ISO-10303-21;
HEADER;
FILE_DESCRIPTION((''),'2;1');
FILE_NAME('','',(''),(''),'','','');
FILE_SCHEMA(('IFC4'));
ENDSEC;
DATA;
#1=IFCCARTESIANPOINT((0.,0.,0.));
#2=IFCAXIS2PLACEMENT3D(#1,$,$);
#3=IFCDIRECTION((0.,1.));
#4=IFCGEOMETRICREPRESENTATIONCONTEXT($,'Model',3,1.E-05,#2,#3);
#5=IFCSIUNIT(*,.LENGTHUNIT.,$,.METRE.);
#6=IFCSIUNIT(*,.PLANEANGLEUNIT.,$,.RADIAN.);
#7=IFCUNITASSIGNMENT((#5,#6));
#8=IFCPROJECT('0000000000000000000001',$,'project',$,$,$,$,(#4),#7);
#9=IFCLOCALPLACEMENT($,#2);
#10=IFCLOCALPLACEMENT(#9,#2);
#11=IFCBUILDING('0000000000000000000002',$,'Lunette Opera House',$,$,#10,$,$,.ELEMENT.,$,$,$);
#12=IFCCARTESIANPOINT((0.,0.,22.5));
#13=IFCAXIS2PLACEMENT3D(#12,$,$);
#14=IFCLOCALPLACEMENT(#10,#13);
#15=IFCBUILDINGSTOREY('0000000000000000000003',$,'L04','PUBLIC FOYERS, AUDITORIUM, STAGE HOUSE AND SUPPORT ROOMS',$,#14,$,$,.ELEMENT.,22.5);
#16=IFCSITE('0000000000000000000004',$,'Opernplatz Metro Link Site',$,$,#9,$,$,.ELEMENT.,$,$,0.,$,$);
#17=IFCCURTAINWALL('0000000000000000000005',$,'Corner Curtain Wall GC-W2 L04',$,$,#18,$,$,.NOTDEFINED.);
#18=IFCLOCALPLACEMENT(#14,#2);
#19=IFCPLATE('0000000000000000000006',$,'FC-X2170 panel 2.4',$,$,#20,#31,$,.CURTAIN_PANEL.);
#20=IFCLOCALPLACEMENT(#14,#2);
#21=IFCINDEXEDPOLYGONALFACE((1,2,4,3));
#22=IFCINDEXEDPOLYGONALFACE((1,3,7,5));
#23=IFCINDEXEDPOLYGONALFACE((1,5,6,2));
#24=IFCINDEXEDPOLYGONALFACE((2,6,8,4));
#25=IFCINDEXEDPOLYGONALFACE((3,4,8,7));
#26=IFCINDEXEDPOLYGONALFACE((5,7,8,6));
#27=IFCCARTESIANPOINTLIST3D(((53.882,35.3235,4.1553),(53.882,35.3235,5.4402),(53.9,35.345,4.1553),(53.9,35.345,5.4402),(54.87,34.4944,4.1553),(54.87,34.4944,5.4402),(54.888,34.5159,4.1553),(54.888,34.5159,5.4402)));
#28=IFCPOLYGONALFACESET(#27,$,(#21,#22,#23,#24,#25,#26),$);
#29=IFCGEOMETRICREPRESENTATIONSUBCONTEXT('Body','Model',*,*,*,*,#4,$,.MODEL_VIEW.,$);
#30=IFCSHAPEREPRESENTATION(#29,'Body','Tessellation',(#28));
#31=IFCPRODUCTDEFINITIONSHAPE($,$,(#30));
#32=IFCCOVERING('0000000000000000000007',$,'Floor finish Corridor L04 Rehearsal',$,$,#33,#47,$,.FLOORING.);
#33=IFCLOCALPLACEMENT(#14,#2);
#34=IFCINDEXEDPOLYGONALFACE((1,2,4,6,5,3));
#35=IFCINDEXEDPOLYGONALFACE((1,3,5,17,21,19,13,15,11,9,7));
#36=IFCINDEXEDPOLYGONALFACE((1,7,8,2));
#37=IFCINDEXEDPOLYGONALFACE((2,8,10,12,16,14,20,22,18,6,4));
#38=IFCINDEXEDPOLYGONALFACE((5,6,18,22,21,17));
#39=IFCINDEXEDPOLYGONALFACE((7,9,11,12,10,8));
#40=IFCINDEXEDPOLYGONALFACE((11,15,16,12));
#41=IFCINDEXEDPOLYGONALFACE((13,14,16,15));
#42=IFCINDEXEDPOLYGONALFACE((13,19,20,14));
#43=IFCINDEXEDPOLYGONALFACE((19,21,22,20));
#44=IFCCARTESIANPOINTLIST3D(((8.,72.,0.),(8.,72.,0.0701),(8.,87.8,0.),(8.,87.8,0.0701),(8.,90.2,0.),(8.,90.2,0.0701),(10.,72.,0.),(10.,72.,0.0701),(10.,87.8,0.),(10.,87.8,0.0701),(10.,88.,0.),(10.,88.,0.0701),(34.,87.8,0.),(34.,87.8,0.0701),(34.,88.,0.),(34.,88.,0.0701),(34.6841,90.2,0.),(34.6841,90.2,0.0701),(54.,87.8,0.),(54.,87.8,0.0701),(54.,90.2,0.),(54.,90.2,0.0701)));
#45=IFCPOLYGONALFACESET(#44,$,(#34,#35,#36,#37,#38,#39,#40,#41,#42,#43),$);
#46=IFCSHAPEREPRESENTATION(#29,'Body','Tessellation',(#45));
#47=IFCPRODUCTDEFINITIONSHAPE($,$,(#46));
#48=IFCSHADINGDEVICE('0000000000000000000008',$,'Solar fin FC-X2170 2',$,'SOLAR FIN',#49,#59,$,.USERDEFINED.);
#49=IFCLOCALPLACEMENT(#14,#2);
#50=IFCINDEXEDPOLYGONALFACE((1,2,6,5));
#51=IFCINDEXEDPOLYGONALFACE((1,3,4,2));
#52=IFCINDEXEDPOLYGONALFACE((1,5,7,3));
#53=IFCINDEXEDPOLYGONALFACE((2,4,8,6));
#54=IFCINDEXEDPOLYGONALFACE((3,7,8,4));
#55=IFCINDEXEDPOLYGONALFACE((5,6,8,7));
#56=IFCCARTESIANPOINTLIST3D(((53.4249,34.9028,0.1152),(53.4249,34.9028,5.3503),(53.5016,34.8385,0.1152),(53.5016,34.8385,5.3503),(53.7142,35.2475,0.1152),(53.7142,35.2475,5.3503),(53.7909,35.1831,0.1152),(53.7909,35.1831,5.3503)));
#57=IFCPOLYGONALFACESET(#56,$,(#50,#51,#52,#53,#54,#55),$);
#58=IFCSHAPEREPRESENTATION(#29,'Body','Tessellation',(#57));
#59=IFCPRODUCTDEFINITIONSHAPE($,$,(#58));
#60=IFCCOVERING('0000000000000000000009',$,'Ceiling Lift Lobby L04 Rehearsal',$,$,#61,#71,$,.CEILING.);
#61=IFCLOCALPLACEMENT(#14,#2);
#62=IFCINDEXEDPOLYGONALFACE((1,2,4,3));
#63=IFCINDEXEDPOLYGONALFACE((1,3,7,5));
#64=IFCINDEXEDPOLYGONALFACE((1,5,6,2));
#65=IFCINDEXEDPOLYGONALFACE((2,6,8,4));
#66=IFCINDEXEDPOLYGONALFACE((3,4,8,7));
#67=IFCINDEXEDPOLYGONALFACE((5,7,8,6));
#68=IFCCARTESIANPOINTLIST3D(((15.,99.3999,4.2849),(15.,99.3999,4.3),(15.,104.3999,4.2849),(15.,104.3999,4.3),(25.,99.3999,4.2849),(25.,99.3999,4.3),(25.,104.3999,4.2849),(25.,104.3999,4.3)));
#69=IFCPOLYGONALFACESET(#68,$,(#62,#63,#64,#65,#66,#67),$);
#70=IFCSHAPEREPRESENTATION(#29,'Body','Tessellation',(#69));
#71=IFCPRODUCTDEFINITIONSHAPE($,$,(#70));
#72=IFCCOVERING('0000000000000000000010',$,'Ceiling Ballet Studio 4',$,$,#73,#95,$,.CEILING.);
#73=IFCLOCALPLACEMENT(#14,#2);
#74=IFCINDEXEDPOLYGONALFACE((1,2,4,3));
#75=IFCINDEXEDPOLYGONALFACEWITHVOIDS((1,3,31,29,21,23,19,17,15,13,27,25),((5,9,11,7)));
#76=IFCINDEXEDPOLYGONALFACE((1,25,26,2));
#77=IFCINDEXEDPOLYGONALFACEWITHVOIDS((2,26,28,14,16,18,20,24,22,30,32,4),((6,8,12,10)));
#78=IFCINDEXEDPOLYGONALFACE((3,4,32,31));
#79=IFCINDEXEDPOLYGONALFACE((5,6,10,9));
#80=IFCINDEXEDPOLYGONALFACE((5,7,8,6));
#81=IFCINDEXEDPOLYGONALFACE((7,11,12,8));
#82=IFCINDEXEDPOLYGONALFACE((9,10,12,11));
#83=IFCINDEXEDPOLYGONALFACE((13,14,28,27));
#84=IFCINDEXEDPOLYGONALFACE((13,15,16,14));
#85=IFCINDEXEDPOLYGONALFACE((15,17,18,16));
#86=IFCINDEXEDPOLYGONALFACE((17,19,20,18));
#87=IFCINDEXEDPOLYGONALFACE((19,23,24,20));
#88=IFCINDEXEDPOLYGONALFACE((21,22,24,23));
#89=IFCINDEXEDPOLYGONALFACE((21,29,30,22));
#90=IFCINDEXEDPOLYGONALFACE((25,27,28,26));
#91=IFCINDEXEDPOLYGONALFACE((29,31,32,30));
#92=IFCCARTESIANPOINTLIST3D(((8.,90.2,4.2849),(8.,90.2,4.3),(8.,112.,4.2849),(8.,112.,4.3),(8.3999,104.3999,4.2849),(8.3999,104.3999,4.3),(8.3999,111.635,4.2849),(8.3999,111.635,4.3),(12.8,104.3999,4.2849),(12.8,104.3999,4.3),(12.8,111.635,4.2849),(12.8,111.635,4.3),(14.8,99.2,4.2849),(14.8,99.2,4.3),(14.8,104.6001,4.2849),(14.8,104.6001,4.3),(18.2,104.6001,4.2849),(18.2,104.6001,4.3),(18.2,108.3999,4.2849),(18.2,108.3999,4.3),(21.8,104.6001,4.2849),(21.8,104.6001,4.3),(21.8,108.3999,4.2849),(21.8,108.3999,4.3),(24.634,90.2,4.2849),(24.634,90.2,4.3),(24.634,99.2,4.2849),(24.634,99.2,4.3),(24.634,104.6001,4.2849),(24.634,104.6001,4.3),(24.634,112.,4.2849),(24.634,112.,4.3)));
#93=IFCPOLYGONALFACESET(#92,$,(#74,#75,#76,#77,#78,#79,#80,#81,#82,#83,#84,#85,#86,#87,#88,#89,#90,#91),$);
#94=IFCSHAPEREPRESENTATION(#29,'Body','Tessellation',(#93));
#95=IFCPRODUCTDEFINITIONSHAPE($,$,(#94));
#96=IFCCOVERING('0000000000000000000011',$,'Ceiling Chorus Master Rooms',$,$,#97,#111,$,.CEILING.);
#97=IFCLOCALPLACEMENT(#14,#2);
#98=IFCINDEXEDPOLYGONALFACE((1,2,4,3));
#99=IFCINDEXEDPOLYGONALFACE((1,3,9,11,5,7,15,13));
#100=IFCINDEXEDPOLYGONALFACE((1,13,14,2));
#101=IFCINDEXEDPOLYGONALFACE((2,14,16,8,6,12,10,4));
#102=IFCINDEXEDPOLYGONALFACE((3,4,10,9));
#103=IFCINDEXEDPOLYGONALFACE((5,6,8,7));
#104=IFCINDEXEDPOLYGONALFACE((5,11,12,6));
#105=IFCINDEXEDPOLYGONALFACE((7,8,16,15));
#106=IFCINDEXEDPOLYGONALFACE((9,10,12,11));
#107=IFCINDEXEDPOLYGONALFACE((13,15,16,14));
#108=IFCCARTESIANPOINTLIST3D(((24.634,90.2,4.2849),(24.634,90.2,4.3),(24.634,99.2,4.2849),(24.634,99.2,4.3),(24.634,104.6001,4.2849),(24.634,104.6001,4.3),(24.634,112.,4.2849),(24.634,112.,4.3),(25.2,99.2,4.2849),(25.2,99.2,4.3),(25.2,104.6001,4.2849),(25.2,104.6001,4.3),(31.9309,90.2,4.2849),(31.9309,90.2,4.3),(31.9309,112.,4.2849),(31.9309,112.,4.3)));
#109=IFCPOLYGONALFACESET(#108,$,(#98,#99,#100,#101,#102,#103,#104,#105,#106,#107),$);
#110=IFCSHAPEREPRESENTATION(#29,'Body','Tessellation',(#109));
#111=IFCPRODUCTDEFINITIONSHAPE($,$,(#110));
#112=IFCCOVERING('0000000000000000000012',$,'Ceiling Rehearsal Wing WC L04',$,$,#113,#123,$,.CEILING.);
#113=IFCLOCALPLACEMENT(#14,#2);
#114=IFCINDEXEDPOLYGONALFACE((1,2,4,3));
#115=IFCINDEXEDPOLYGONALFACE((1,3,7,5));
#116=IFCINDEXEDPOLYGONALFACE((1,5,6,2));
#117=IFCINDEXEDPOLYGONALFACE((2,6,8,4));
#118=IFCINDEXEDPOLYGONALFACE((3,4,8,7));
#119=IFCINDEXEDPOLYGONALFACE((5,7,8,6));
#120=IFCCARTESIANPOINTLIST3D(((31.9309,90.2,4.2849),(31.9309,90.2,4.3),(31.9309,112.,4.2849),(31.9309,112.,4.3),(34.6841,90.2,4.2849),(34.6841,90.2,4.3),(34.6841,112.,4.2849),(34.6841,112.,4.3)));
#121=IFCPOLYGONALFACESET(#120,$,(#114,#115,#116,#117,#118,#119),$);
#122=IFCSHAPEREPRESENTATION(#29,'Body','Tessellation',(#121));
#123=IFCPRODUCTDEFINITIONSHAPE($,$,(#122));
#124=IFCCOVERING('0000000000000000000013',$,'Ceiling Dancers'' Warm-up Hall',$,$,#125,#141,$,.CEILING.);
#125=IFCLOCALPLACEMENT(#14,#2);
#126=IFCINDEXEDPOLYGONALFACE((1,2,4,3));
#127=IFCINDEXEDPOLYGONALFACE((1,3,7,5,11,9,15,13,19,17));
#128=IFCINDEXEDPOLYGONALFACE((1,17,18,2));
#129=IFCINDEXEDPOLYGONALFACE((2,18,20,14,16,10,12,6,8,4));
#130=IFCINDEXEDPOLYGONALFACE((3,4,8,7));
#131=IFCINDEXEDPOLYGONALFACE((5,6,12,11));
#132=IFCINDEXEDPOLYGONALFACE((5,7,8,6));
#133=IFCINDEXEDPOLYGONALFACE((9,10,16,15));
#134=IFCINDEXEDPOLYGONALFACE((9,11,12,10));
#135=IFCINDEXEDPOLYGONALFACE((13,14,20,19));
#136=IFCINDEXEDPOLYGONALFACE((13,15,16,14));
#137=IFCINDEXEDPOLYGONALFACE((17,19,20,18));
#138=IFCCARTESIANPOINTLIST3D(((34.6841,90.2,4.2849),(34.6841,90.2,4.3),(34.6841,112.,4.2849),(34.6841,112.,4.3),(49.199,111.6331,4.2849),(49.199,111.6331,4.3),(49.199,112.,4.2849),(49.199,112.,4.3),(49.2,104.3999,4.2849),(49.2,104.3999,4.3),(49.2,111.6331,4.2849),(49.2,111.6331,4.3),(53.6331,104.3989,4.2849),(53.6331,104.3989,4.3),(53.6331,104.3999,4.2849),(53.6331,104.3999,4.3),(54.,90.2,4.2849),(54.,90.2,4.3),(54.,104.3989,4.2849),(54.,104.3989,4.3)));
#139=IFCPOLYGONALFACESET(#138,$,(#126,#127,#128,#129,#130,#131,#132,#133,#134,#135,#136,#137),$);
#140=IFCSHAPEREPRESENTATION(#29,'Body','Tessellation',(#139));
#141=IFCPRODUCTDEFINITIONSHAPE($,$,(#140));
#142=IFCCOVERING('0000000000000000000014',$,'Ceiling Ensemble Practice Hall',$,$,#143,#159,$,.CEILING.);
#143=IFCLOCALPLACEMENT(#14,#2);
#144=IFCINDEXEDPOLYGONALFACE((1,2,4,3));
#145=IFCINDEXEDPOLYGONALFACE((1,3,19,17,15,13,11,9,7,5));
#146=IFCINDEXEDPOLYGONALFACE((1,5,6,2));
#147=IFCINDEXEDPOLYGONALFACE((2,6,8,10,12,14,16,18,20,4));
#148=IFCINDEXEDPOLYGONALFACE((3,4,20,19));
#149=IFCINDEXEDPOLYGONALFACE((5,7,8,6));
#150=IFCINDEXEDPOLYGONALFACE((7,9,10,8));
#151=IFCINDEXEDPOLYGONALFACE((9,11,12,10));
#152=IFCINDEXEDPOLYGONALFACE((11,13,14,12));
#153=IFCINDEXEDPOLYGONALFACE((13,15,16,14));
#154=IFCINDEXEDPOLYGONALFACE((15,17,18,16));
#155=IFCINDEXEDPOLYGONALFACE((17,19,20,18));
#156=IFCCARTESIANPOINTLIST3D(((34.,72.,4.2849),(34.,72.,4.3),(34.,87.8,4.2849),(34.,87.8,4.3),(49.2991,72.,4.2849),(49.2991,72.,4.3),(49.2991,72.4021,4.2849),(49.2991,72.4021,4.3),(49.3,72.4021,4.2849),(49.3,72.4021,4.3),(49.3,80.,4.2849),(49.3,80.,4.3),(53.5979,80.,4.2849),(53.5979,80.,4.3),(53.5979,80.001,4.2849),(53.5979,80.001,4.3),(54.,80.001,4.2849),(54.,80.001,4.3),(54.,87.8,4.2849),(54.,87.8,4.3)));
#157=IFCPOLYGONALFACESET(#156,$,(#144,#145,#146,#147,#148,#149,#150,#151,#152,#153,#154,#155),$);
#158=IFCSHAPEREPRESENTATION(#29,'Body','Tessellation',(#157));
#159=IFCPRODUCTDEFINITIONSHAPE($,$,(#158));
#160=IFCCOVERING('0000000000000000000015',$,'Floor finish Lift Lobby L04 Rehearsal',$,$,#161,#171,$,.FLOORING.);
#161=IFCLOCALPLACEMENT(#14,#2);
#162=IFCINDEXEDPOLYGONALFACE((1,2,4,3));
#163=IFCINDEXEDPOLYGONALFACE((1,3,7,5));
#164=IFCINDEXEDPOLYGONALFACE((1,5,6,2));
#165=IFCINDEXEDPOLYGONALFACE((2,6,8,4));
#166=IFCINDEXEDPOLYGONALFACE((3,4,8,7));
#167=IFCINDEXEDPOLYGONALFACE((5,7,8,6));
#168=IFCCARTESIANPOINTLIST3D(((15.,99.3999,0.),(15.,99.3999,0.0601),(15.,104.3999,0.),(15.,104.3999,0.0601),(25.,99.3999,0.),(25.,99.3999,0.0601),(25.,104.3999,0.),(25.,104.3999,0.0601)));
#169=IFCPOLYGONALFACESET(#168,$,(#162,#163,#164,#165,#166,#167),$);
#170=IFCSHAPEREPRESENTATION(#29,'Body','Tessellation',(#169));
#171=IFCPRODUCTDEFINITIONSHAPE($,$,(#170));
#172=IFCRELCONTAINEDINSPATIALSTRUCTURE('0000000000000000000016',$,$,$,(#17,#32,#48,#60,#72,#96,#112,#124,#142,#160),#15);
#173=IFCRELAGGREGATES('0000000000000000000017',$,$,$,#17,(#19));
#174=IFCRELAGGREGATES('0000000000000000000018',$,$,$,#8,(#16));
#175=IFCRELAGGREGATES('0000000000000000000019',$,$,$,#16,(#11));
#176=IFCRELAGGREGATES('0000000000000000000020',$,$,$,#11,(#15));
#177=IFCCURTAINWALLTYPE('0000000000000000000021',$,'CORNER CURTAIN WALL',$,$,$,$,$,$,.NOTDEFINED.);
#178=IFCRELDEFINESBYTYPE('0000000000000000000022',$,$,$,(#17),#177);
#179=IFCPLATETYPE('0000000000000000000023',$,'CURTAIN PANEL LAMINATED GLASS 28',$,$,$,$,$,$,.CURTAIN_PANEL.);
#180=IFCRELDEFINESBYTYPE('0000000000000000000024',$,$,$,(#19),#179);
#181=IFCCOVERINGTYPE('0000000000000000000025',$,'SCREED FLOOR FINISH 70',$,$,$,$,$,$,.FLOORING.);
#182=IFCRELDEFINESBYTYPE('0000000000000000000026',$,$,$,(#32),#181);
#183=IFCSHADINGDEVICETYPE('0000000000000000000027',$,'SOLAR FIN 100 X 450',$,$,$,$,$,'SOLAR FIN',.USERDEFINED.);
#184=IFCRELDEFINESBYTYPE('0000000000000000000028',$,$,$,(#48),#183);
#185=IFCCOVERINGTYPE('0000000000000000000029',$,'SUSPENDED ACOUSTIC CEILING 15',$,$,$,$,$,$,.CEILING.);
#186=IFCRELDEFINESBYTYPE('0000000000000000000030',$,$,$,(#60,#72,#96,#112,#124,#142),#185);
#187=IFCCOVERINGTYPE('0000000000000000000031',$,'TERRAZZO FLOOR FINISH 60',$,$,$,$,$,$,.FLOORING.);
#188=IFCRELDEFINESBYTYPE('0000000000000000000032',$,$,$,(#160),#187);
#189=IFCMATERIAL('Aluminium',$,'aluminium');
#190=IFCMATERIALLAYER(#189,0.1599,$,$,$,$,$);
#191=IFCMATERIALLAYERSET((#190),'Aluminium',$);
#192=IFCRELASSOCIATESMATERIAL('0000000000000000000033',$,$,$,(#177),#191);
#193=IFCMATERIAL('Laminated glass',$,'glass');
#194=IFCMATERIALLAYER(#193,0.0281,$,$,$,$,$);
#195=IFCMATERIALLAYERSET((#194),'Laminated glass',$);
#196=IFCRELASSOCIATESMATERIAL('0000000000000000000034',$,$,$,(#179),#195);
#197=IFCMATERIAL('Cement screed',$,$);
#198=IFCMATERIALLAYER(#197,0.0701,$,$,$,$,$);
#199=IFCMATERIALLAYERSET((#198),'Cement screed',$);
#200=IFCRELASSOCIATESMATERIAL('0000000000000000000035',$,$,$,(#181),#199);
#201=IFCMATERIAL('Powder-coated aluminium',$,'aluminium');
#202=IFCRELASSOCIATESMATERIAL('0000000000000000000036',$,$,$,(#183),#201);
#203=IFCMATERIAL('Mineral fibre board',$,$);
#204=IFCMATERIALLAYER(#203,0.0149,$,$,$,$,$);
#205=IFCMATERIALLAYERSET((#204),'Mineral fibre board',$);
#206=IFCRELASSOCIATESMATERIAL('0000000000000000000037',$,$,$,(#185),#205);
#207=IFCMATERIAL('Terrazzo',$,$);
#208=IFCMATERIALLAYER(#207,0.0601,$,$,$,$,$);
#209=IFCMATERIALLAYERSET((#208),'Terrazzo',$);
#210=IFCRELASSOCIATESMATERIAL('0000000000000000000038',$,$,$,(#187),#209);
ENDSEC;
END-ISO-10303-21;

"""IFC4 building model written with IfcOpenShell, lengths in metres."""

from ifc_helpers import new_model, si_unit, direction, frame, origin, origin_2d, place, context, subcontext, project, spatial, polyline, rectangle, outline, extrude, material, layer, layer_set, type_object, element, aggregate, save


model = new_model("IFC4")

# Units and contexts
model_context = context("Model", 3, precision=1e-05, world=origin(), true_north=direction((0.0, 1.0)))
body_context = subcontext(model_context, "Body", "Model", "MODEL_VIEW")
ifc_project = project(units=[si_unit("LENGTHUNIT", "METRE"), si_unit("PLANEANGLEUNIT", "RADIAN")], contexts=[model_context])

# Site, building, storey
site_placement = place(None, origin())
site = spatial("IfcSite", under=ifc_project, at=site_placement, Name="Opernplatz Metro Link Site", CompositionType="ELEMENT", RefElevation=0.0)
building_placement = place(site_placement, origin())
building = spatial("IfcBuilding", under=site, at=building_placement, Name="Lunette Opera House", CompositionType="ELEMENT")
storey_placement = place(building_placement, frame((0.0, 0.0, 22.5)))
storey = spatial("IfcBuildingStorey", under=building, at=storey_placement, Name="L04", Description="PUBLIC FOYERS, AUDITORIUM, STAGE HOUSE AND SUPPORT ROOMS", CompositionType="ELEMENT", Elevation=22.5)

# Curtain wall, plate
ifc_material_1 = material(Name="Aluminium", Category="aluminium")
ifc_layer_1 = layer(ifc_material_1, 0.1599)
ifc_layer_set_1 = layer_set([ifc_layer_1], Name="Aluminium")
curtain_wall_type = type_object("IfcCurtainWallType", Name="CORNER CURTAIN WALL", PredefinedType="NOTDEFINED", material=ifc_layer_set_1)
curtain_wall_placement = place(storey_placement, origin())
curtain_wall = element("IfcCurtainWall", 1, at=curtain_wall_placement, inside=storey, type_object=curtain_wall_type, Name="Corner Curtain Wall GC-W2 L04", PredefinedType="NOTDEFINED")
ifc_material_2 = material(Name="Laminated glass", Category="glass")
ifc_layer_2 = layer(ifc_material_2, 0.0281)
ifc_layer_set_2 = layer_set([ifc_layer_2], Name="Laminated glass")
plate_type = type_object("IfcPlateType", Name="CURTAIN PANEL LAMINATED GLASS 28", PredefinedType="CURTAIN_PANEL", material=ifc_layer_set_2)
plate_1_placement = place(storey_placement, frame((54.385, 34.9197, 4.1553), z_axis=(0.0, 0.0, 1.0), x_axis=(-0.766, 0.64284, 0.0)))
plate_1 = element("IfcPlate", 2, at=plate_1_placement, type_object=plate_type, Name="FC-X2170 panel 2.4", PredefinedType="CURTAIN_PANEL", context=body_context, shape_type="SweptSolid", body=[
    extrude(rectangle(XDim=1.2898, YDim=0.0281, at=origin_2d()), origin(), (0.0, 0.0, 1.0), 1.2849),
])
aggregate(curtain_wall, [plate_1])

# Covering
ifc_material_3 = material(Name="Cement screed")
ifc_layer_3 = layer(ifc_material_3, 0.0701)
ifc_layer_set_3 = layer_set([ifc_layer_3], Name="Cement screed")
covering_type_1 = type_object("IfcCoveringType", Name="SCREED FLOOR FINISH 70", PredefinedType="FLOORING", material=ifc_layer_set_3)
covering_1_placement = place(storey_placement, origin())
element("IfcCovering", 3, at=covering_1_placement, inside=storey, type_object=covering_type_1, Name="Floor finish Corridor L04 Rehearsal", PredefinedType="FLOORING", context=body_context, shape_type="SweptSolid", body=[
    extrude(outline(polyline([(34.0, 88.0), (10.0, 88.0), (10.0, 87.8), (10.0, 72.0), (8.0, 72.0), (8.0, 87.8), (8.0, 90.2), (34.6841, 90.2), (54.0, 90.2), (54.0, 87.8), (34.0, 87.8), (34.0, 88.0)])), origin(), (0.0, 0.0, 1.0), 0.0701),
])

# Shading device
ifc_material_4 = material(Name="Powder-coated aluminium", Category="aluminium")
shading_device_type = type_object("IfcShadingDeviceType", Name="SOLAR FIN 100 X 450", ElementType="SOLAR FIN", PredefinedType="USERDEFINED", material=ifc_material_4)
shading_device_placement = place(storey_placement, frame((53.6079, 35.043, 0.1152), z_axis=(0.0, 0.0, 1.0), x_axis=(-0.64284, -0.766001, 0.0)))
element("IfcShadingDevice", 4, at=shading_device_placement, inside=storey, type_object=shading_device_type, Name="Solar fin FC-X2170 2", ObjectType="SOLAR FIN", PredefinedType="USERDEFINED", context=body_context, shape_type="SweptSolid", body=[
    extrude(rectangle(XDim=0.45, YDim=0.1001, at=origin_2d()), origin(), (0.0, 0.0, 1.0), 5.2351),
])

# Coverings
ifc_material_5 = material(Name="Mineral fibre board")
ifc_layer_4 = layer(ifc_material_5, 0.0149)
ifc_layer_set_4 = layer_set([ifc_layer_4], Name="Mineral fibre board")
covering_type_2 = type_object("IfcCoveringType", Name="SUSPENDED ACOUSTIC CEILING 15", PredefinedType="CEILING", material=ifc_layer_set_4)
covering_2_placement = place(storey_placement, frame((0.0, 0.0, 4.2849)))
element("IfcCovering", 5, at=covering_2_placement, inside=storey, type_object=covering_type_2, Name="Ceiling Lift Lobby L04 Rehearsal", PredefinedType="CEILING", context=body_context, shape_type="SweptSolid", body=[
    extrude(outline(polyline([(25.0, 99.3999), (25.0, 104.3999), (15.0, 104.3999), (15.0, 99.3999), (25.0, 99.3999)])), origin(), (0.0, 0.0, 1.0), 0.0151),
])
covering_3_placement = place(storey_placement, frame((0.0, 0.0, 4.2849)))
element("IfcCovering", 6, at=covering_3_placement, inside=storey, type_object=covering_type_2, Name="Ceiling Ballet Studio 4", PredefinedType="CEILING", context=body_context, shape_type="SweptSolid", body=[
    extrude(outline(polyline([(8.0, 112.0), (24.634, 112.0), (24.634, 104.6001), (21.8, 104.6001), (21.8, 108.3999), (18.2, 108.3999), (18.2, 104.6001), (14.8, 104.6001), (14.8, 99.2), (24.634, 99.2), (24.634, 90.2), (8.0, 90.2), (8.0, 112.0)]), holes=[polyline([(8.3999, 104.3999), (12.8, 104.3999), (12.8, 111.635), (8.3999, 111.635), (8.3999, 104.3999)])]), origin(), (0.0, 0.0, 1.0), 0.0151),
])
covering_4_placement = place(storey_placement, frame((0.0, 0.0, 4.2849)))
element("IfcCovering", 7, at=covering_4_placement, inside=storey, type_object=covering_type_2, Name="Ceiling Chorus Master Rooms", PredefinedType="CEILING", context=body_context, shape_type="SweptSolid", body=[
    extrude(outline(polyline([(24.634, 90.2), (24.634, 99.2), (25.2, 99.2), (25.2, 104.6001), (24.634, 104.6001), (24.634, 112.0), (31.9309, 112.0), (31.9309, 90.2), (24.634, 90.2)])), origin(), (0.0, 0.0, 1.0), 0.0151),
])
covering_5_placement = place(storey_placement, frame((0.0, 0.0, 4.2849)))
element("IfcCovering", 8, at=covering_5_placement, inside=storey, type_object=covering_type_2, Name="Ceiling Rehearsal Wing WC L04", PredefinedType="CEILING", context=body_context, shape_type="SweptSolid", body=[
    extrude(outline(polyline([(31.9309, 90.2), (31.9309, 112.0), (34.6841, 112.0), (34.6841, 90.2), (31.9309, 90.2)])), origin(), (0.0, 0.0, 1.0), 0.0151),
])
covering_6_placement = place(storey_placement, frame((0.0, 0.0, 4.2849)))
element("IfcCovering", 9, at=covering_6_placement, inside=storey, type_object=covering_type_2, Name="Ceiling Dancers' Warm-up Hall", PredefinedType="CEILING", context=body_context, shape_type="SweptSolid", body=[
    extrude(outline(polyline([(49.199, 112.0), (49.199, 111.6331), (49.2, 111.6331), (49.2, 104.3999), (53.6331, 104.3999), (53.6331, 104.3989), (54.0, 104.3989), (54.0, 90.2), (34.6841, 90.2), (34.6841, 112.0), (49.199, 112.0)])), origin(), (0.0, 0.0, 1.0), 0.0151),
])
covering_7_placement = place(storey_placement, frame((0.0, 0.0, 4.2849)))
element("IfcCovering", 10, at=covering_7_placement, inside=storey, type_object=covering_type_2, Name="Ceiling Ensemble Practice Hall", PredefinedType="CEILING", context=body_context, shape_type="SweptSolid", body=[
    extrude(outline(polyline([(54.0, 80.001), (53.5979, 80.001), (53.5979, 80.0), (49.3, 80.0), (49.3, 72.4021), (49.2991, 72.4021), (49.2991, 72.0), (34.0, 72.0), (34.0, 87.8), (54.0, 87.8), (54.0, 80.001)])), origin(), (0.0, 0.0, 1.0), 0.0151),
])
ifc_material_6 = material(Name="Terrazzo")
ifc_layer_5 = layer(ifc_material_6, 0.0601)
ifc_layer_set_5 = layer_set([ifc_layer_5], Name="Terrazzo")
covering_type_3 = type_object("IfcCoveringType", Name="TERRAZZO FLOOR FINISH 60", PredefinedType="FLOORING", material=ifc_layer_set_5)
covering_8_placement = place(storey_placement, origin())
element("IfcCovering", 11, at=covering_8_placement, inside=storey, type_object=covering_type_3, Name="Floor finish Lift Lobby L04 Rehearsal", PredefinedType="FLOORING", context=body_context, shape_type="SweptSolid", body=[
    extrude(outline(polyline([(25.0, 99.3999), (25.0, 104.3999), (15.0, 104.3999), (15.0, 99.3999), (25.0, 99.3999)])), origin(), (0.0, 0.0, 1.0), 0.0601),
])

save(model, "model.ifc")
